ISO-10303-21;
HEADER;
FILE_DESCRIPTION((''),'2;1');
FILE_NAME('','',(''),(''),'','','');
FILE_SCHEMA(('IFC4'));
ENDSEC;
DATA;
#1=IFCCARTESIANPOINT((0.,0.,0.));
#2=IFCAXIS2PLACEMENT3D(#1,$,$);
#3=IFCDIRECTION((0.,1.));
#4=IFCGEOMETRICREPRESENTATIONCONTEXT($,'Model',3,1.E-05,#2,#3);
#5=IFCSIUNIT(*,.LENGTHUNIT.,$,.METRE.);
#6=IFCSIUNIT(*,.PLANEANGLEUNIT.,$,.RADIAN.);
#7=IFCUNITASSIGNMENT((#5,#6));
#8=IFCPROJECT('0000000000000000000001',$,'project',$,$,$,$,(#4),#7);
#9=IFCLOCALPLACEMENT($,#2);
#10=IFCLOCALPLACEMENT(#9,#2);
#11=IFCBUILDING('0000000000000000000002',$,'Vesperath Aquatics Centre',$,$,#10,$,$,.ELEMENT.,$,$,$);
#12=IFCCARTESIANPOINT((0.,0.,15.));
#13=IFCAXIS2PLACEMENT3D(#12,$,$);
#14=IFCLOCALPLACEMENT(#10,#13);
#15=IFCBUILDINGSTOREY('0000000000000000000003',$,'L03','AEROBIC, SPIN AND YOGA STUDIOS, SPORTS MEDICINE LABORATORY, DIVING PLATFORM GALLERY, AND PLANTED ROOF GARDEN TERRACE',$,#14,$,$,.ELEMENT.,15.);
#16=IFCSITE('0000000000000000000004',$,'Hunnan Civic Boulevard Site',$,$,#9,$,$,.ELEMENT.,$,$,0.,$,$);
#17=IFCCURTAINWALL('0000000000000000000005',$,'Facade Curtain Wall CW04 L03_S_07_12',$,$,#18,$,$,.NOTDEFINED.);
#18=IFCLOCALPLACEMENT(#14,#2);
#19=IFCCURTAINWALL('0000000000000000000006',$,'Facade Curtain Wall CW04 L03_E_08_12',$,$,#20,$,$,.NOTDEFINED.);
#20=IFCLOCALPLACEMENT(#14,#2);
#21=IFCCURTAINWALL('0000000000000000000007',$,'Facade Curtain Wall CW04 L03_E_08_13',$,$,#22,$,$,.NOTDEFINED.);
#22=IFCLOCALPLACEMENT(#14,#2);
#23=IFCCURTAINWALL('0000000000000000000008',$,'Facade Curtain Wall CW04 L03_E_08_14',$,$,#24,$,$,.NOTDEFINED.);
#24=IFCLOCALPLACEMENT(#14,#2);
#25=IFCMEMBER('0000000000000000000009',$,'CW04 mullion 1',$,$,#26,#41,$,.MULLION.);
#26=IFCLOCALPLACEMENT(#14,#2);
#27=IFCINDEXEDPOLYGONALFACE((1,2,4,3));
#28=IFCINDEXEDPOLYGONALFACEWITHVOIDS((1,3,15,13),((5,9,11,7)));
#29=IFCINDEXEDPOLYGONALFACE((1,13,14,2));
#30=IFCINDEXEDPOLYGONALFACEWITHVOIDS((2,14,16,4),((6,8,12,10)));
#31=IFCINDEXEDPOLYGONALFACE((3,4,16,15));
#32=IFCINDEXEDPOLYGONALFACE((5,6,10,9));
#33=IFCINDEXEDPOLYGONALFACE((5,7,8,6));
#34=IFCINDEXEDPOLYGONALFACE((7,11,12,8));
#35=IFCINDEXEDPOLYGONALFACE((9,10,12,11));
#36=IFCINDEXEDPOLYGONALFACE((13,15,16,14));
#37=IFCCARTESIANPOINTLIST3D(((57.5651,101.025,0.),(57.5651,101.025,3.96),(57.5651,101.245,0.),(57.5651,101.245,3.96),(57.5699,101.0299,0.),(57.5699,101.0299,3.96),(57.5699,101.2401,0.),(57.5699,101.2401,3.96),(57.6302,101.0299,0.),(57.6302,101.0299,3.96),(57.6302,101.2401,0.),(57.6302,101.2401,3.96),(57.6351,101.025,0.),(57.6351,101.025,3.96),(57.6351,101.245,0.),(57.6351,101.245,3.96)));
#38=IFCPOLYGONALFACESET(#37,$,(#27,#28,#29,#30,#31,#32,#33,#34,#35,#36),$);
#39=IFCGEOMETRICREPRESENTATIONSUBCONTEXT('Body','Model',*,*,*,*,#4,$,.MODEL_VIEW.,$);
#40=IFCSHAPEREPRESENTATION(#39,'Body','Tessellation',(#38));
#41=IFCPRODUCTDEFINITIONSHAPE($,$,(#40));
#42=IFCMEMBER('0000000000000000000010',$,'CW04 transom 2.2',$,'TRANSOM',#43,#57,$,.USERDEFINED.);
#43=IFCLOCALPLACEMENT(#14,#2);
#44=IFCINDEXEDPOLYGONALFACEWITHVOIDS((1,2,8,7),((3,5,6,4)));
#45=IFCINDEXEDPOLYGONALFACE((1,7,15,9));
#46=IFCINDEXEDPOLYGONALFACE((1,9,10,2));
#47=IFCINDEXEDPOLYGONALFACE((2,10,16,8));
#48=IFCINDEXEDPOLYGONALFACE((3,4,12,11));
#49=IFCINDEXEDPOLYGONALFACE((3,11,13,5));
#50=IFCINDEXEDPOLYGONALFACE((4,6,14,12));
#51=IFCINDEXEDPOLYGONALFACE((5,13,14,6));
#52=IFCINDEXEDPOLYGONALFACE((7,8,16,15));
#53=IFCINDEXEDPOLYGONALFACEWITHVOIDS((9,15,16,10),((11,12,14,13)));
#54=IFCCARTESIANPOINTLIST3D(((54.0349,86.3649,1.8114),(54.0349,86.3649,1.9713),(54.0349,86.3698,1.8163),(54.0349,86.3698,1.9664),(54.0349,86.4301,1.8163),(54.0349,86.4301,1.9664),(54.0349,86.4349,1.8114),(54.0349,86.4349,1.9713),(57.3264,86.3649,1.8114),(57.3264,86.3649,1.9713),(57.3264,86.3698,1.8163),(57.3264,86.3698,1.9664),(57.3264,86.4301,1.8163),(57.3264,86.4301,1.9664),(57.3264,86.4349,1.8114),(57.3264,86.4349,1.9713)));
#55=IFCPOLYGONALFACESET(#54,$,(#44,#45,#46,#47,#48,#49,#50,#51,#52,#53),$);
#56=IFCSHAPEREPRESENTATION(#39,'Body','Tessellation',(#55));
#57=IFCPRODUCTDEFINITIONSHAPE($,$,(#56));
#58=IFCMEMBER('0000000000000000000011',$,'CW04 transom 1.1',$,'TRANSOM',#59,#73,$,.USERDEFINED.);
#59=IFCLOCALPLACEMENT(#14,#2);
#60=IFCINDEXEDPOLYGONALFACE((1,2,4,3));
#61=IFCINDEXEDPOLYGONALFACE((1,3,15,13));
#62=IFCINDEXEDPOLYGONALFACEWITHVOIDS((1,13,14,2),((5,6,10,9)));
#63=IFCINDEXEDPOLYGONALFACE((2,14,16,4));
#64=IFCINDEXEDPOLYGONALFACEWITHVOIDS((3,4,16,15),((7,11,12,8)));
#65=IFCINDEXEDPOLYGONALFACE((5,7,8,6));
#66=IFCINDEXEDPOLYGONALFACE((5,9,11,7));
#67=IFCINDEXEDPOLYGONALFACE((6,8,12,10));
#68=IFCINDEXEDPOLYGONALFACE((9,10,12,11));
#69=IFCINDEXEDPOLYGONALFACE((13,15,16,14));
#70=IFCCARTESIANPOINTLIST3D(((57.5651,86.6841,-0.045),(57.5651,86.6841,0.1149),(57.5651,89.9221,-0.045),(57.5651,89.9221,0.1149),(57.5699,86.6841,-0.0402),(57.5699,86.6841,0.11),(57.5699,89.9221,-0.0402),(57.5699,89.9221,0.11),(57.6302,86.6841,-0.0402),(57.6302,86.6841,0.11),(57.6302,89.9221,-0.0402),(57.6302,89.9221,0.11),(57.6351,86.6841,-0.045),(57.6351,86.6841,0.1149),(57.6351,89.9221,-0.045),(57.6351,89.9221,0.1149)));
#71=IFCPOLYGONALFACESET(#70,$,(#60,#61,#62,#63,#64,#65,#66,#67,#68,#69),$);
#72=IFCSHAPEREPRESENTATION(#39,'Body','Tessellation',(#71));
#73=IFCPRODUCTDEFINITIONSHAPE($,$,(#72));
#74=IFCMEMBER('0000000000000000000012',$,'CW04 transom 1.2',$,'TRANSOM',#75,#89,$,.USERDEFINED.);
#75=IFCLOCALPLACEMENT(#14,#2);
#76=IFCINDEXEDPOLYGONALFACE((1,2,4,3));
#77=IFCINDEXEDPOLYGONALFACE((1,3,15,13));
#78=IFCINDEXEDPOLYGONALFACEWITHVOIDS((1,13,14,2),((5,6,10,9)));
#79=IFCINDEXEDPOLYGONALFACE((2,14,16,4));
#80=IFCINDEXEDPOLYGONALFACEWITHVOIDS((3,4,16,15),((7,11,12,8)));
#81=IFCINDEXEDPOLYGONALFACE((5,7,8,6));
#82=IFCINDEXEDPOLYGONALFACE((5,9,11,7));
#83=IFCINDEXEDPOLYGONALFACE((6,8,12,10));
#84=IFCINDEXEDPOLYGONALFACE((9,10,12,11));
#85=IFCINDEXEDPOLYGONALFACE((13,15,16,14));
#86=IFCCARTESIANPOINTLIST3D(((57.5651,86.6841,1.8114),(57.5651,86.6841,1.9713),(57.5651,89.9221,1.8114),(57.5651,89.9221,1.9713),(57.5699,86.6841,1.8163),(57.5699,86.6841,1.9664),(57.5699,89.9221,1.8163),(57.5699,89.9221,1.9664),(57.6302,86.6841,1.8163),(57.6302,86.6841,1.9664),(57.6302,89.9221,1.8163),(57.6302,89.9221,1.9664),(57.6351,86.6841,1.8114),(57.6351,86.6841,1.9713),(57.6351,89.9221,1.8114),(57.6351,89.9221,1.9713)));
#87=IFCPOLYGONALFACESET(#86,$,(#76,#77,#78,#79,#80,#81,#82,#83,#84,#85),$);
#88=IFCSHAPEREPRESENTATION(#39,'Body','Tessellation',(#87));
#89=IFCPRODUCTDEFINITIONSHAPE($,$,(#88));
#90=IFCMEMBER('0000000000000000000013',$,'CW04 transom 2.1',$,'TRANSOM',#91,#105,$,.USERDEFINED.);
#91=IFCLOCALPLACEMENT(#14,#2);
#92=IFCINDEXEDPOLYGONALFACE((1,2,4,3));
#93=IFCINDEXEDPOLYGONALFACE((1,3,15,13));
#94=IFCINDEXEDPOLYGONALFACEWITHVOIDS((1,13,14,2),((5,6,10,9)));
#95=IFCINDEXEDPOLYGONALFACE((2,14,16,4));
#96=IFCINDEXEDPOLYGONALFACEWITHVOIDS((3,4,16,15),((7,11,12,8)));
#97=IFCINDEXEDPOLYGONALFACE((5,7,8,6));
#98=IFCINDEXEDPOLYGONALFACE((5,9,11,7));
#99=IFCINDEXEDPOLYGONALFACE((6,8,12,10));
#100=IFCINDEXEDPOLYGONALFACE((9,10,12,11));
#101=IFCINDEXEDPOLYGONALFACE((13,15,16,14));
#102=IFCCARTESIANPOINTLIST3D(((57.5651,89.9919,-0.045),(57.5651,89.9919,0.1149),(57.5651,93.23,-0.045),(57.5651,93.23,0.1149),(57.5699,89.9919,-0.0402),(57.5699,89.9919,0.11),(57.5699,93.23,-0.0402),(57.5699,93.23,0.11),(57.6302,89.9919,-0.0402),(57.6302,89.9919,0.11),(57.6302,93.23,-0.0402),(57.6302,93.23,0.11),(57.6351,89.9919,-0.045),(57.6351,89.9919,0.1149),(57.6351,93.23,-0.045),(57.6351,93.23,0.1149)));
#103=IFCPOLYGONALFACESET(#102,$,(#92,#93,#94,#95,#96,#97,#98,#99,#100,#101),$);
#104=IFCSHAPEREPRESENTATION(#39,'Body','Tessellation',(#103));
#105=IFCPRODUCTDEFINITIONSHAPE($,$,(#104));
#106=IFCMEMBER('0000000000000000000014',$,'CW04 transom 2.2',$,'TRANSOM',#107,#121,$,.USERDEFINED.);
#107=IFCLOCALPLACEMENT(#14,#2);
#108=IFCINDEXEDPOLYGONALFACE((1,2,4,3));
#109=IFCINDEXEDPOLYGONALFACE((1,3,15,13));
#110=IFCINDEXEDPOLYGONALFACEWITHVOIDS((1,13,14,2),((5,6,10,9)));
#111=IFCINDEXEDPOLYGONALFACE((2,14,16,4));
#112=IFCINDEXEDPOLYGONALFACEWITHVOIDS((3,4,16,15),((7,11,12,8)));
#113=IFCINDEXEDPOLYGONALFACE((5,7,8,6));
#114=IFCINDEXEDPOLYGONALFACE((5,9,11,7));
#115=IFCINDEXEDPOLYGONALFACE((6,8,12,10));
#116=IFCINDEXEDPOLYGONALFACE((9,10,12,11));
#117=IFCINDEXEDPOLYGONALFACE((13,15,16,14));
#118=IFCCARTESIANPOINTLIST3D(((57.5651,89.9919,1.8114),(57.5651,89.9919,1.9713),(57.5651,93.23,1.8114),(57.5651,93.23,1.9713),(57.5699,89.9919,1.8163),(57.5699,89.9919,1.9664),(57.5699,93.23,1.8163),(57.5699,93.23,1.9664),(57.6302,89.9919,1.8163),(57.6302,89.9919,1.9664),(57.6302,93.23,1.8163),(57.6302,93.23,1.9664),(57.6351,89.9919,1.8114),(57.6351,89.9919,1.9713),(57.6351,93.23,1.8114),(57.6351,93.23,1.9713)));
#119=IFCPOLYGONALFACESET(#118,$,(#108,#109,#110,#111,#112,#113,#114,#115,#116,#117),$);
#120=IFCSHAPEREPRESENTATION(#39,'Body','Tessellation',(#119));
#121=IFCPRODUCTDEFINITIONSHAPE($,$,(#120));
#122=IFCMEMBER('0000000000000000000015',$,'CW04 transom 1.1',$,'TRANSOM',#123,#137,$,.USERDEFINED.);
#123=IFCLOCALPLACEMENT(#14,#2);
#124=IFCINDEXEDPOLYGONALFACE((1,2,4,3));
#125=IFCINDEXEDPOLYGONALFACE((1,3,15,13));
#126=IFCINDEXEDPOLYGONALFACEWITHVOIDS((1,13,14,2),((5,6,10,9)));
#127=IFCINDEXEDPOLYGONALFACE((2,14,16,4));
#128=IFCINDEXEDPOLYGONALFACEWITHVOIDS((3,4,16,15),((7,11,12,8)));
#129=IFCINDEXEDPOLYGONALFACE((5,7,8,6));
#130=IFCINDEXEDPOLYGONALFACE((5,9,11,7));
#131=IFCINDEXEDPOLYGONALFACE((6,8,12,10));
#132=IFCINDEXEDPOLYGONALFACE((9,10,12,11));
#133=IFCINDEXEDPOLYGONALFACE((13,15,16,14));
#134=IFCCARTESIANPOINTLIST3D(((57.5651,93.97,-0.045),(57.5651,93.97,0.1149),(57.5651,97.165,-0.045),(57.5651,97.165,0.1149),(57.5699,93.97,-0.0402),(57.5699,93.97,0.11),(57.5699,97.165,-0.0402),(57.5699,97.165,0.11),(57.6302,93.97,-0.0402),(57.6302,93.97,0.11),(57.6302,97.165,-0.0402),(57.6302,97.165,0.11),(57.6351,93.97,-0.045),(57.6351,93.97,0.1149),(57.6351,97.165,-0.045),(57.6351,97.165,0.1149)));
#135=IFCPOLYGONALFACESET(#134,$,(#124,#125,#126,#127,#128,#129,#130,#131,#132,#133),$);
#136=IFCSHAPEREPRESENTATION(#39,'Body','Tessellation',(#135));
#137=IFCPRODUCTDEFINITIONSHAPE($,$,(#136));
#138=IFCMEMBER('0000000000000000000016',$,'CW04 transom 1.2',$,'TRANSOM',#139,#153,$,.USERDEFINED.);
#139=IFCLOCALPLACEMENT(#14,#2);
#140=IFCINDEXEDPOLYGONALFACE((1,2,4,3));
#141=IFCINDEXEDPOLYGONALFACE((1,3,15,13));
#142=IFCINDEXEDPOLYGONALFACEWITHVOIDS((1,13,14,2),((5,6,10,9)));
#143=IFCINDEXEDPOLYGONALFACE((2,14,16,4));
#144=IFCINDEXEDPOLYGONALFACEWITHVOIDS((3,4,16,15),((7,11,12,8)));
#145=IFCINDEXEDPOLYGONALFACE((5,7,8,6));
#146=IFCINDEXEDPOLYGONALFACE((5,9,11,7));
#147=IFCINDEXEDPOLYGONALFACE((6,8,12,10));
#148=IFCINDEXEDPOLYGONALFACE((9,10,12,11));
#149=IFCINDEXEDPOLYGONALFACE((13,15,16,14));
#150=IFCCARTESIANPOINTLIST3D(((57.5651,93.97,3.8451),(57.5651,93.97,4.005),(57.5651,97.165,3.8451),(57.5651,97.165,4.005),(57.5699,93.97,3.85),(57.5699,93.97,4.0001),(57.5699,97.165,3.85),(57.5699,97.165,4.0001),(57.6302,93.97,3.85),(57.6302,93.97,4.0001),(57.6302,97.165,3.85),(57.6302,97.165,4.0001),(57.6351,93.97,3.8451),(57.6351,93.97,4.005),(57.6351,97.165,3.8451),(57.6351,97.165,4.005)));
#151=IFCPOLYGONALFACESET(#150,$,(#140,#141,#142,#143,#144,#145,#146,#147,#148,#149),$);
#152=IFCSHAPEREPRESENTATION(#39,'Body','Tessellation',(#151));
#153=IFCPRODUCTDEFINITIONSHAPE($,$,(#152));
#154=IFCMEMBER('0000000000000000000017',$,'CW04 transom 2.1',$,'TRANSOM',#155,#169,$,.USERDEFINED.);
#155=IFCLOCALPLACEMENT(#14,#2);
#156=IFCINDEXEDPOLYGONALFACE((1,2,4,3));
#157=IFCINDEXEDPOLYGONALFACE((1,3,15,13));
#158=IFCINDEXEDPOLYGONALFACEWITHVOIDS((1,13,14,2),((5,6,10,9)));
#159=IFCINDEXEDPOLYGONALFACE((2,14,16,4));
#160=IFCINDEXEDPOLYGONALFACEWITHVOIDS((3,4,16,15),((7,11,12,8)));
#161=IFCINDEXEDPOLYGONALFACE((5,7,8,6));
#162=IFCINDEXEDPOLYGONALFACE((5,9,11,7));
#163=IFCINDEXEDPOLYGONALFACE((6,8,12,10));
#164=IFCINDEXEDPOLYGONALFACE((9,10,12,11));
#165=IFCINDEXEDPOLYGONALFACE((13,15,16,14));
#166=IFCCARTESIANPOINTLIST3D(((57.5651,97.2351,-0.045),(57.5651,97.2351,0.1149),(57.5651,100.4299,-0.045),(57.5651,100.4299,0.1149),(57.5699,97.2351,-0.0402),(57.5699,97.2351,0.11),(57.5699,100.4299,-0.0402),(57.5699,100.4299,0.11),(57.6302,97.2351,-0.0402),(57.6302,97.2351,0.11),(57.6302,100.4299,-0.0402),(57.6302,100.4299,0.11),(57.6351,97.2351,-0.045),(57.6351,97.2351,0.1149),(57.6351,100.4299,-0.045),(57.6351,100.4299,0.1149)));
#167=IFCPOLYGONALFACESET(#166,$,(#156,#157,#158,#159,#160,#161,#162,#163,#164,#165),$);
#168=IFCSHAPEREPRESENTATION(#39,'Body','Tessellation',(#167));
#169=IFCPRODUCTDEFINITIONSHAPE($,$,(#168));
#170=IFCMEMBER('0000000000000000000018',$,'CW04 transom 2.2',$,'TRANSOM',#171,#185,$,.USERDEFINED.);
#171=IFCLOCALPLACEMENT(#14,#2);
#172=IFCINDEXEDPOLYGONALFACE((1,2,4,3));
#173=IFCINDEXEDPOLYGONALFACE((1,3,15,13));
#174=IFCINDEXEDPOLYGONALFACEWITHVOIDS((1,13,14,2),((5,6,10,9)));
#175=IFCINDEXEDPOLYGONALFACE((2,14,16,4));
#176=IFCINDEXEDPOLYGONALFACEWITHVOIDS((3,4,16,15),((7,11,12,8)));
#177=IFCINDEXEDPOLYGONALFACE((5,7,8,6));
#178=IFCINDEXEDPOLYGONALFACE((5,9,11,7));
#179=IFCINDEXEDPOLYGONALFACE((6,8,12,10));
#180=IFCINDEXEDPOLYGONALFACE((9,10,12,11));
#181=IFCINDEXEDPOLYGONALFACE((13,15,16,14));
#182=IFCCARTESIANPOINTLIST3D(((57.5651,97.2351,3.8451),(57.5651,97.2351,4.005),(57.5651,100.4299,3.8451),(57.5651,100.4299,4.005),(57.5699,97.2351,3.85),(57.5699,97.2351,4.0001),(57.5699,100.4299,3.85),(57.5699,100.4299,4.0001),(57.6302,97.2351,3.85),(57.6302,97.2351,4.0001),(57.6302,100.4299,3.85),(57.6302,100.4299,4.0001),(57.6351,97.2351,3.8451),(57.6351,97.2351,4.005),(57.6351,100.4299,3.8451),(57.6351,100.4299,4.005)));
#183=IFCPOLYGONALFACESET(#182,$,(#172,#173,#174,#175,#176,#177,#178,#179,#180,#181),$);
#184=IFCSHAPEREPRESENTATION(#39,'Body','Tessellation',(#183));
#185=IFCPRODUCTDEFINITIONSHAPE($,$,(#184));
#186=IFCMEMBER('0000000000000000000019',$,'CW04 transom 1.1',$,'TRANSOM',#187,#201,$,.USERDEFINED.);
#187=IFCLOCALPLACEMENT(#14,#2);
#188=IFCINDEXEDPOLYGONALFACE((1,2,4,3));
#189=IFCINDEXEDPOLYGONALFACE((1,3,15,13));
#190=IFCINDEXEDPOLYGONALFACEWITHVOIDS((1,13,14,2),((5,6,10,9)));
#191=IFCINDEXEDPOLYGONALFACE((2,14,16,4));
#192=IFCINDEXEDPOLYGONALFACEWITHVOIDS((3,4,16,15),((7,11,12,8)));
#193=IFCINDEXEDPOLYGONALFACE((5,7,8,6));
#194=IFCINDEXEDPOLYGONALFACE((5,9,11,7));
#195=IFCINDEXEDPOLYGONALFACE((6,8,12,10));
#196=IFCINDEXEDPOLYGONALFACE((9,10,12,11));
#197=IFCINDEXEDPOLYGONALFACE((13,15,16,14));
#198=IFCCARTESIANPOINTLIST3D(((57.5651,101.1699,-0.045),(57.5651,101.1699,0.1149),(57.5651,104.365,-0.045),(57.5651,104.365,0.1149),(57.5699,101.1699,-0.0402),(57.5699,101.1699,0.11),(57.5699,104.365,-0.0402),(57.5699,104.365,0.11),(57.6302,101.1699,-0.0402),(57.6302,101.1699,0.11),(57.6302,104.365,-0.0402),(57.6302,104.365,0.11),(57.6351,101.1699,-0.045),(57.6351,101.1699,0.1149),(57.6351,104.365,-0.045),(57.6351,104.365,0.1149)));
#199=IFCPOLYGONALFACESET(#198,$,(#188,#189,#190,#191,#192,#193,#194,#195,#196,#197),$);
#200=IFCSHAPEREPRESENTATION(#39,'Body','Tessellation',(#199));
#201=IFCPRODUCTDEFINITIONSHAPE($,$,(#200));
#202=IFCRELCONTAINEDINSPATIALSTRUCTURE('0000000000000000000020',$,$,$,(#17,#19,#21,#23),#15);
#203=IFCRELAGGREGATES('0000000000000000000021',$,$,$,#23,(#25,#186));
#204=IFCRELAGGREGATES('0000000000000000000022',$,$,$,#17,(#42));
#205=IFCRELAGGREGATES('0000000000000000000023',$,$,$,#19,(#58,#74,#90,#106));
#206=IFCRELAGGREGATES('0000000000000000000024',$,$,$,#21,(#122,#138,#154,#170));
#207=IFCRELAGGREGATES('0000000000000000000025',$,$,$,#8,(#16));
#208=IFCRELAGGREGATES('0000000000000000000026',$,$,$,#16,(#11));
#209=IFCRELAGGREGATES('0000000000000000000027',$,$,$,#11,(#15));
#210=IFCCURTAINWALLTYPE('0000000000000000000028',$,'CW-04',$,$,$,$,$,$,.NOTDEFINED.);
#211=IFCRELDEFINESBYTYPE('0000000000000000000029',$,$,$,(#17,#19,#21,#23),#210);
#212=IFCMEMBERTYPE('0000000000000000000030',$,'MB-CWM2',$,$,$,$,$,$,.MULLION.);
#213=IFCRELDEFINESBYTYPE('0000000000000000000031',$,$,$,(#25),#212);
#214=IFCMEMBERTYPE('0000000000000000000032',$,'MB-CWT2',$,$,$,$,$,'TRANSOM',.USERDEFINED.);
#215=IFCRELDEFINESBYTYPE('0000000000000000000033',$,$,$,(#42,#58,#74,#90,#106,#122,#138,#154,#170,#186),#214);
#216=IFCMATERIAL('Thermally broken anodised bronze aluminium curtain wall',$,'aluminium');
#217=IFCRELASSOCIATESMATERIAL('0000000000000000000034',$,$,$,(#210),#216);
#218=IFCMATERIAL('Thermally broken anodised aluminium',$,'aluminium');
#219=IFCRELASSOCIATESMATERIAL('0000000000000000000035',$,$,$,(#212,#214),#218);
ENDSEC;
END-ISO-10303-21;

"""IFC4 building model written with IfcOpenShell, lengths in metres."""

from ifc_helpers import new_model, si_unit, direction, frame, origin, origin_2d, place, context, subcontext, project, spatial, hollow_rectangle, extrude, material, material_profile, profile_set, type_object, element, aggregate, save


model = new_model("IFC4")

# Units and contexts
model_context = context("Model", 3, precision=1e-05, world=origin(), true_north=direction((0.0, 1.0)))
body_context = subcontext(model_context, "Body", "Model", "MODEL_VIEW")
ifc_project = project(units=[si_unit("LENGTHUNIT", "METRE"), si_unit("PLANEANGLEUNIT", "RADIAN")], contexts=[model_context])

# Site, building, storey
site_placement = place(None, origin())
site = spatial("IfcSite", under=ifc_project, at=site_placement, Name="Hunnan Civic Boulevard Site", CompositionType="ELEMENT", RefElevation=0.0)
building_placement = place(site_placement, origin())
building = spatial("IfcBuilding", under=site, at=building_placement, Name="Vesperath Aquatics Centre", CompositionType="ELEMENT")
storey_placement = place(building_placement, frame((0.0, 0.0, 15.0)))
storey = spatial("IfcBuildingStorey", under=building, at=storey_placement, Name="L03", Description="AEROBIC, SPIN AND YOGA STUDIOS, SPORTS MEDICINE LABORATORY, DIVING PLATFORM GALLERY, AND PLANTED ROOF GARDEN TERRACE", CompositionType="ELEMENT", Elevation=15.0)

# Curtain wall
ifc_material_1 = material(Name="Thermally broken anodised bronze aluminium curtain wall", Category="aluminium")
curtain_wall_type = type_object("IfcCurtainWallType", Name="CW-04", PredefinedType="NOTDEFINED", material=ifc_material_1)
curtain_wall_1_placement = place(storey_placement, origin())
curtain_wall_1 = element("IfcCurtainWall", 1, at=curtain_wall_1_placement, inside=storey, type_object=curtain_wall_type, Name="Facade Curtain Wall CW04 L03_S_07_12", PredefinedType="NOTDEFINED")
ifc_material_2 = material(Name="Thermally broken anodised aluminium", Category="aluminium")
ifc_material_profile_1 = material_profile(ifc_material_2, hollow_rectangle(XDim=0.0701, YDim=0.22, WallThickness=0.0049, at=origin_2d()), Name="CWM 70x220x5")
ifc_profile_set_1 = profile_set([ifc_material_profile_1], Name="Thermally broken anodised aluminium")
member_type_1 = type_object("IfcMemberType", Name="MB-CWM2", PredefinedType="MULLION", material=ifc_profile_set_1)

# Curtain walls
curtain_wall_2_placement = place(storey_placement, origin())
curtain_wall_2 = element("IfcCurtainWall", 2, at=curtain_wall_2_placement, inside=storey, type_object=curtain_wall_type, Name="Facade Curtain Wall CW04 L03_E_08_12", PredefinedType="NOTDEFINED")
curtain_wall_3_placement = place(storey_placement, origin())
curtain_wall_3 = element("IfcCurtainWall", 3, at=curtain_wall_3_placement, inside=storey, type_object=curtain_wall_type, Name="Facade Curtain Wall CW04 L03_E_08_13", PredefinedType="NOTDEFINED")

# Curtain wall, member
curtain_wall_4_placement = place(storey_placement, origin())
curtain_wall_4 = element("IfcCurtainWall", 4, at=curtain_wall_4_placement, inside=storey, type_object=curtain_wall_type, Name="Facade Curtain Wall CW04 L03_E_08_14", PredefinedType="NOTDEFINED")
member_1_placement = place(storey_placement, frame((57.6001, 101.135, 0.0), z_axis=(0.0, 0.0, 1.0), x_axis=(-1.0, 0.0, 0.0)))
member_1 = element("IfcMember", 5, at=member_1_placement, type_object=member_type_1, Name="CW04 mullion 1", PredefinedType="MULLION", context=body_context, shape_type="SweptSolid", body=[
    extrude(hollow_rectangle(XDim=0.0701, YDim=0.22, WallThickness=0.0049, at=origin_2d()), origin(), (0.0, 0.0, 1.0), 3.96),
])

# Members
ifc_material_profile_2 = material_profile(ifc_material_2, hollow_rectangle(XDim=0.0701, YDim=0.1599, WallThickness=0.0049, at=origin_2d()), Name="CWT 70x160x5")
ifc_profile_set_2 = profile_set([ifc_material_profile_2], Name="Thermally broken anodised aluminium")
member_type_2 = type_object("IfcMemberType", Name="MB-CWT2", ElementType="TRANSOM", PredefinedType="USERDEFINED", material=ifc_profile_set_2)
member_2_placement = place(storey_placement, frame((54.0349, 86.3999, 1.8914), z_axis=(1.0, 0.0, 0.0), x_axis=(0.0, 1.0, 0.0)))
member_2 = element("IfcMember", 6, at=member_2_placement, type_object=member_type_2, Name="CW04 transom 2.2", ObjectType="TRANSOM", PredefinedType="USERDEFINED", context=body_context, shape_type="SweptSolid", body=[
    extrude(hollow_rectangle(XDim=0.0701, YDim=0.1599, WallThickness=0.0049, at=origin_2d()), origin(), (0.0, 0.0, 1.0), 3.2915),
])
member_3_placement = place(storey_placement, frame((57.6001, 86.6841, 0.0349), z_axis=(0.0, 1.0, 0.0), x_axis=(-1.0, 0.0, 0.0)))
member_3 = element("IfcMember", 7, at=member_3_placement, type_object=member_type_2, Name="CW04 transom 1.1", ObjectType="TRANSOM", PredefinedType="USERDEFINED", context=body_context, shape_type="SweptSolid", body=[
    extrude(hollow_rectangle(XDim=0.0701, YDim=0.1599, WallThickness=0.0049, at=origin_2d()), origin(), (0.0, 0.0, 1.0), 3.238),
])
member_4_placement = place(storey_placement, frame((57.6001, 86.6841, 1.8914), z_axis=(0.0, 1.0, 0.0), x_axis=(-1.0, 0.0, 0.0)))
member_4 = element("IfcMember", 8, at=member_4_placement, type_object=member_type_2, Name="CW04 transom 1.2", ObjectType="TRANSOM", PredefinedType="USERDEFINED", context=body_context, shape_type="SweptSolid", body=[
    extrude(hollow_rectangle(XDim=0.0701, YDim=0.1599, WallThickness=0.0049, at=origin_2d()), origin(), (0.0, 0.0, 1.0), 3.238),
])
member_5_placement = place(storey_placement, frame((57.6001, 89.9919, 0.0349), z_axis=(0.0, 1.0, 0.0), x_axis=(-1.0, 0.0, 0.0)))
member_5 = element("IfcMember", 9, at=member_5_placement, type_object=member_type_2, Name="CW04 transom 2.1", ObjectType="TRANSOM", PredefinedType="USERDEFINED", context=body_context, shape_type="SweptSolid", body=[
    extrude(hollow_rectangle(XDim=0.0701, YDim=0.1599, WallThickness=0.0049, at=origin_2d()), origin(), (0.0, 0.0, 1.0), 3.238),
])
member_6_placement = place(storey_placement, frame((57.6001, 89.9919, 1.8914), z_axis=(0.0, 1.0, 0.0), x_axis=(-1.0, 0.0, 0.0)))
member_6 = element("IfcMember", 10, at=member_6_placement, type_object=member_type_2, Name="CW04 transom 2.2", ObjectType="TRANSOM", PredefinedType="USERDEFINED", context=body_context, shape_type="SweptSolid", body=[
    extrude(hollow_rectangle(XDim=0.0701, YDim=0.1599, WallThickness=0.0049, at=origin_2d()), origin(), (0.0, 0.0, 1.0), 3.238),
])
member_7_placement = place(storey_placement, frame((57.6001, 93.97, 0.0349), z_axis=(0.0, 1.0, 0.0), x_axis=(-1.0, 0.0, 0.0)))
member_7 = element("IfcMember", 11, at=member_7_placement, type_object=member_type_2, Name="CW04 transom 1.1", ObjectType="TRANSOM", PredefinedType="USERDEFINED", context=body_context, shape_type="SweptSolid", body=[
    extrude(hollow_rectangle(XDim=0.0701, YDim=0.1599, WallThickness=0.0049, at=origin_2d()), origin(), (0.0, 0.0, 1.0), 3.1951),
])
member_8_placement = place(storey_placement, frame((57.6001, 93.97, 3.925), z_axis=(0.0, 1.0, 0.0), x_axis=(-1.0, 0.0, 0.0)))
member_8 = element("IfcMember", 12, at=member_8_placement, type_object=member_type_2, Name="CW04 transom 1.2", ObjectType="TRANSOM", PredefinedType="USERDEFINED", context=body_context, shape_type="SweptSolid", body=[
    extrude(hollow_rectangle(XDim=0.0701, YDim=0.1599, WallThickness=0.0049, at=origin_2d()), origin(), (0.0, 0.0, 1.0), 3.1951),
])
member_9_placement = place(storey_placement, frame((57.6001, 97.2351, 0.0349), z_axis=(0.0, 1.0, 0.0), x_axis=(-1.0, 0.0, 0.0)))
member_9 = element("IfcMember", 13, at=member_9_placement, type_object=member_type_2, Name="CW04 transom 2.1", ObjectType="TRANSOM", PredefinedType="USERDEFINED", context=body_context, shape_type="SweptSolid", body=[
    extrude(hollow_rectangle(XDim=0.0701, YDim=0.1599, WallThickness=0.0049, at=origin_2d()), origin(), (0.0, 0.0, 1.0), 3.1948),
])
member_10_placement = place(storey_placement, frame((57.6001, 97.2351, 3.925), z_axis=(0.0, 1.0, 0.0), x_axis=(-1.0, 0.0, 0.0)))
member_10 = element("IfcMember", 14, at=member_10_placement, type_object=member_type_2, Name="CW04 transom 2.2", ObjectType="TRANSOM", PredefinedType="USERDEFINED", context=body_context, shape_type="SweptSolid", body=[
    extrude(hollow_rectangle(XDim=0.0701, YDim=0.1599, WallThickness=0.0049, at=origin_2d()), origin(), (0.0, 0.0, 1.0), 3.1948),
])
member_11_placement = place(storey_placement, frame((57.6001, 101.1699, 0.0349), z_axis=(0.0, 1.0, 0.0), x_axis=(-1.0, 0.0, 0.0)))
member_11 = element("IfcMember", 15, at=member_11_placement, type_object=member_type_2, Name="CW04 transom 1.1", ObjectType="TRANSOM", PredefinedType="USERDEFINED", context=body_context, shape_type="SweptSolid", body=[
    extrude(hollow_rectangle(XDim=0.0701, YDim=0.1599, WallThickness=0.0049, at=origin_2d()), origin(), (0.0, 0.0, 1.0), 3.1951),
])
aggregate(curtain_wall_4, [member_1, member_11])

aggregate(curtain_wall_1, [member_2])
aggregate(curtain_wall_2, [member_3, member_4, member_5, member_6])
aggregate(curtain_wall_3, [member_7, member_8, member_9, member_10])

save(model, "model.ifc")
